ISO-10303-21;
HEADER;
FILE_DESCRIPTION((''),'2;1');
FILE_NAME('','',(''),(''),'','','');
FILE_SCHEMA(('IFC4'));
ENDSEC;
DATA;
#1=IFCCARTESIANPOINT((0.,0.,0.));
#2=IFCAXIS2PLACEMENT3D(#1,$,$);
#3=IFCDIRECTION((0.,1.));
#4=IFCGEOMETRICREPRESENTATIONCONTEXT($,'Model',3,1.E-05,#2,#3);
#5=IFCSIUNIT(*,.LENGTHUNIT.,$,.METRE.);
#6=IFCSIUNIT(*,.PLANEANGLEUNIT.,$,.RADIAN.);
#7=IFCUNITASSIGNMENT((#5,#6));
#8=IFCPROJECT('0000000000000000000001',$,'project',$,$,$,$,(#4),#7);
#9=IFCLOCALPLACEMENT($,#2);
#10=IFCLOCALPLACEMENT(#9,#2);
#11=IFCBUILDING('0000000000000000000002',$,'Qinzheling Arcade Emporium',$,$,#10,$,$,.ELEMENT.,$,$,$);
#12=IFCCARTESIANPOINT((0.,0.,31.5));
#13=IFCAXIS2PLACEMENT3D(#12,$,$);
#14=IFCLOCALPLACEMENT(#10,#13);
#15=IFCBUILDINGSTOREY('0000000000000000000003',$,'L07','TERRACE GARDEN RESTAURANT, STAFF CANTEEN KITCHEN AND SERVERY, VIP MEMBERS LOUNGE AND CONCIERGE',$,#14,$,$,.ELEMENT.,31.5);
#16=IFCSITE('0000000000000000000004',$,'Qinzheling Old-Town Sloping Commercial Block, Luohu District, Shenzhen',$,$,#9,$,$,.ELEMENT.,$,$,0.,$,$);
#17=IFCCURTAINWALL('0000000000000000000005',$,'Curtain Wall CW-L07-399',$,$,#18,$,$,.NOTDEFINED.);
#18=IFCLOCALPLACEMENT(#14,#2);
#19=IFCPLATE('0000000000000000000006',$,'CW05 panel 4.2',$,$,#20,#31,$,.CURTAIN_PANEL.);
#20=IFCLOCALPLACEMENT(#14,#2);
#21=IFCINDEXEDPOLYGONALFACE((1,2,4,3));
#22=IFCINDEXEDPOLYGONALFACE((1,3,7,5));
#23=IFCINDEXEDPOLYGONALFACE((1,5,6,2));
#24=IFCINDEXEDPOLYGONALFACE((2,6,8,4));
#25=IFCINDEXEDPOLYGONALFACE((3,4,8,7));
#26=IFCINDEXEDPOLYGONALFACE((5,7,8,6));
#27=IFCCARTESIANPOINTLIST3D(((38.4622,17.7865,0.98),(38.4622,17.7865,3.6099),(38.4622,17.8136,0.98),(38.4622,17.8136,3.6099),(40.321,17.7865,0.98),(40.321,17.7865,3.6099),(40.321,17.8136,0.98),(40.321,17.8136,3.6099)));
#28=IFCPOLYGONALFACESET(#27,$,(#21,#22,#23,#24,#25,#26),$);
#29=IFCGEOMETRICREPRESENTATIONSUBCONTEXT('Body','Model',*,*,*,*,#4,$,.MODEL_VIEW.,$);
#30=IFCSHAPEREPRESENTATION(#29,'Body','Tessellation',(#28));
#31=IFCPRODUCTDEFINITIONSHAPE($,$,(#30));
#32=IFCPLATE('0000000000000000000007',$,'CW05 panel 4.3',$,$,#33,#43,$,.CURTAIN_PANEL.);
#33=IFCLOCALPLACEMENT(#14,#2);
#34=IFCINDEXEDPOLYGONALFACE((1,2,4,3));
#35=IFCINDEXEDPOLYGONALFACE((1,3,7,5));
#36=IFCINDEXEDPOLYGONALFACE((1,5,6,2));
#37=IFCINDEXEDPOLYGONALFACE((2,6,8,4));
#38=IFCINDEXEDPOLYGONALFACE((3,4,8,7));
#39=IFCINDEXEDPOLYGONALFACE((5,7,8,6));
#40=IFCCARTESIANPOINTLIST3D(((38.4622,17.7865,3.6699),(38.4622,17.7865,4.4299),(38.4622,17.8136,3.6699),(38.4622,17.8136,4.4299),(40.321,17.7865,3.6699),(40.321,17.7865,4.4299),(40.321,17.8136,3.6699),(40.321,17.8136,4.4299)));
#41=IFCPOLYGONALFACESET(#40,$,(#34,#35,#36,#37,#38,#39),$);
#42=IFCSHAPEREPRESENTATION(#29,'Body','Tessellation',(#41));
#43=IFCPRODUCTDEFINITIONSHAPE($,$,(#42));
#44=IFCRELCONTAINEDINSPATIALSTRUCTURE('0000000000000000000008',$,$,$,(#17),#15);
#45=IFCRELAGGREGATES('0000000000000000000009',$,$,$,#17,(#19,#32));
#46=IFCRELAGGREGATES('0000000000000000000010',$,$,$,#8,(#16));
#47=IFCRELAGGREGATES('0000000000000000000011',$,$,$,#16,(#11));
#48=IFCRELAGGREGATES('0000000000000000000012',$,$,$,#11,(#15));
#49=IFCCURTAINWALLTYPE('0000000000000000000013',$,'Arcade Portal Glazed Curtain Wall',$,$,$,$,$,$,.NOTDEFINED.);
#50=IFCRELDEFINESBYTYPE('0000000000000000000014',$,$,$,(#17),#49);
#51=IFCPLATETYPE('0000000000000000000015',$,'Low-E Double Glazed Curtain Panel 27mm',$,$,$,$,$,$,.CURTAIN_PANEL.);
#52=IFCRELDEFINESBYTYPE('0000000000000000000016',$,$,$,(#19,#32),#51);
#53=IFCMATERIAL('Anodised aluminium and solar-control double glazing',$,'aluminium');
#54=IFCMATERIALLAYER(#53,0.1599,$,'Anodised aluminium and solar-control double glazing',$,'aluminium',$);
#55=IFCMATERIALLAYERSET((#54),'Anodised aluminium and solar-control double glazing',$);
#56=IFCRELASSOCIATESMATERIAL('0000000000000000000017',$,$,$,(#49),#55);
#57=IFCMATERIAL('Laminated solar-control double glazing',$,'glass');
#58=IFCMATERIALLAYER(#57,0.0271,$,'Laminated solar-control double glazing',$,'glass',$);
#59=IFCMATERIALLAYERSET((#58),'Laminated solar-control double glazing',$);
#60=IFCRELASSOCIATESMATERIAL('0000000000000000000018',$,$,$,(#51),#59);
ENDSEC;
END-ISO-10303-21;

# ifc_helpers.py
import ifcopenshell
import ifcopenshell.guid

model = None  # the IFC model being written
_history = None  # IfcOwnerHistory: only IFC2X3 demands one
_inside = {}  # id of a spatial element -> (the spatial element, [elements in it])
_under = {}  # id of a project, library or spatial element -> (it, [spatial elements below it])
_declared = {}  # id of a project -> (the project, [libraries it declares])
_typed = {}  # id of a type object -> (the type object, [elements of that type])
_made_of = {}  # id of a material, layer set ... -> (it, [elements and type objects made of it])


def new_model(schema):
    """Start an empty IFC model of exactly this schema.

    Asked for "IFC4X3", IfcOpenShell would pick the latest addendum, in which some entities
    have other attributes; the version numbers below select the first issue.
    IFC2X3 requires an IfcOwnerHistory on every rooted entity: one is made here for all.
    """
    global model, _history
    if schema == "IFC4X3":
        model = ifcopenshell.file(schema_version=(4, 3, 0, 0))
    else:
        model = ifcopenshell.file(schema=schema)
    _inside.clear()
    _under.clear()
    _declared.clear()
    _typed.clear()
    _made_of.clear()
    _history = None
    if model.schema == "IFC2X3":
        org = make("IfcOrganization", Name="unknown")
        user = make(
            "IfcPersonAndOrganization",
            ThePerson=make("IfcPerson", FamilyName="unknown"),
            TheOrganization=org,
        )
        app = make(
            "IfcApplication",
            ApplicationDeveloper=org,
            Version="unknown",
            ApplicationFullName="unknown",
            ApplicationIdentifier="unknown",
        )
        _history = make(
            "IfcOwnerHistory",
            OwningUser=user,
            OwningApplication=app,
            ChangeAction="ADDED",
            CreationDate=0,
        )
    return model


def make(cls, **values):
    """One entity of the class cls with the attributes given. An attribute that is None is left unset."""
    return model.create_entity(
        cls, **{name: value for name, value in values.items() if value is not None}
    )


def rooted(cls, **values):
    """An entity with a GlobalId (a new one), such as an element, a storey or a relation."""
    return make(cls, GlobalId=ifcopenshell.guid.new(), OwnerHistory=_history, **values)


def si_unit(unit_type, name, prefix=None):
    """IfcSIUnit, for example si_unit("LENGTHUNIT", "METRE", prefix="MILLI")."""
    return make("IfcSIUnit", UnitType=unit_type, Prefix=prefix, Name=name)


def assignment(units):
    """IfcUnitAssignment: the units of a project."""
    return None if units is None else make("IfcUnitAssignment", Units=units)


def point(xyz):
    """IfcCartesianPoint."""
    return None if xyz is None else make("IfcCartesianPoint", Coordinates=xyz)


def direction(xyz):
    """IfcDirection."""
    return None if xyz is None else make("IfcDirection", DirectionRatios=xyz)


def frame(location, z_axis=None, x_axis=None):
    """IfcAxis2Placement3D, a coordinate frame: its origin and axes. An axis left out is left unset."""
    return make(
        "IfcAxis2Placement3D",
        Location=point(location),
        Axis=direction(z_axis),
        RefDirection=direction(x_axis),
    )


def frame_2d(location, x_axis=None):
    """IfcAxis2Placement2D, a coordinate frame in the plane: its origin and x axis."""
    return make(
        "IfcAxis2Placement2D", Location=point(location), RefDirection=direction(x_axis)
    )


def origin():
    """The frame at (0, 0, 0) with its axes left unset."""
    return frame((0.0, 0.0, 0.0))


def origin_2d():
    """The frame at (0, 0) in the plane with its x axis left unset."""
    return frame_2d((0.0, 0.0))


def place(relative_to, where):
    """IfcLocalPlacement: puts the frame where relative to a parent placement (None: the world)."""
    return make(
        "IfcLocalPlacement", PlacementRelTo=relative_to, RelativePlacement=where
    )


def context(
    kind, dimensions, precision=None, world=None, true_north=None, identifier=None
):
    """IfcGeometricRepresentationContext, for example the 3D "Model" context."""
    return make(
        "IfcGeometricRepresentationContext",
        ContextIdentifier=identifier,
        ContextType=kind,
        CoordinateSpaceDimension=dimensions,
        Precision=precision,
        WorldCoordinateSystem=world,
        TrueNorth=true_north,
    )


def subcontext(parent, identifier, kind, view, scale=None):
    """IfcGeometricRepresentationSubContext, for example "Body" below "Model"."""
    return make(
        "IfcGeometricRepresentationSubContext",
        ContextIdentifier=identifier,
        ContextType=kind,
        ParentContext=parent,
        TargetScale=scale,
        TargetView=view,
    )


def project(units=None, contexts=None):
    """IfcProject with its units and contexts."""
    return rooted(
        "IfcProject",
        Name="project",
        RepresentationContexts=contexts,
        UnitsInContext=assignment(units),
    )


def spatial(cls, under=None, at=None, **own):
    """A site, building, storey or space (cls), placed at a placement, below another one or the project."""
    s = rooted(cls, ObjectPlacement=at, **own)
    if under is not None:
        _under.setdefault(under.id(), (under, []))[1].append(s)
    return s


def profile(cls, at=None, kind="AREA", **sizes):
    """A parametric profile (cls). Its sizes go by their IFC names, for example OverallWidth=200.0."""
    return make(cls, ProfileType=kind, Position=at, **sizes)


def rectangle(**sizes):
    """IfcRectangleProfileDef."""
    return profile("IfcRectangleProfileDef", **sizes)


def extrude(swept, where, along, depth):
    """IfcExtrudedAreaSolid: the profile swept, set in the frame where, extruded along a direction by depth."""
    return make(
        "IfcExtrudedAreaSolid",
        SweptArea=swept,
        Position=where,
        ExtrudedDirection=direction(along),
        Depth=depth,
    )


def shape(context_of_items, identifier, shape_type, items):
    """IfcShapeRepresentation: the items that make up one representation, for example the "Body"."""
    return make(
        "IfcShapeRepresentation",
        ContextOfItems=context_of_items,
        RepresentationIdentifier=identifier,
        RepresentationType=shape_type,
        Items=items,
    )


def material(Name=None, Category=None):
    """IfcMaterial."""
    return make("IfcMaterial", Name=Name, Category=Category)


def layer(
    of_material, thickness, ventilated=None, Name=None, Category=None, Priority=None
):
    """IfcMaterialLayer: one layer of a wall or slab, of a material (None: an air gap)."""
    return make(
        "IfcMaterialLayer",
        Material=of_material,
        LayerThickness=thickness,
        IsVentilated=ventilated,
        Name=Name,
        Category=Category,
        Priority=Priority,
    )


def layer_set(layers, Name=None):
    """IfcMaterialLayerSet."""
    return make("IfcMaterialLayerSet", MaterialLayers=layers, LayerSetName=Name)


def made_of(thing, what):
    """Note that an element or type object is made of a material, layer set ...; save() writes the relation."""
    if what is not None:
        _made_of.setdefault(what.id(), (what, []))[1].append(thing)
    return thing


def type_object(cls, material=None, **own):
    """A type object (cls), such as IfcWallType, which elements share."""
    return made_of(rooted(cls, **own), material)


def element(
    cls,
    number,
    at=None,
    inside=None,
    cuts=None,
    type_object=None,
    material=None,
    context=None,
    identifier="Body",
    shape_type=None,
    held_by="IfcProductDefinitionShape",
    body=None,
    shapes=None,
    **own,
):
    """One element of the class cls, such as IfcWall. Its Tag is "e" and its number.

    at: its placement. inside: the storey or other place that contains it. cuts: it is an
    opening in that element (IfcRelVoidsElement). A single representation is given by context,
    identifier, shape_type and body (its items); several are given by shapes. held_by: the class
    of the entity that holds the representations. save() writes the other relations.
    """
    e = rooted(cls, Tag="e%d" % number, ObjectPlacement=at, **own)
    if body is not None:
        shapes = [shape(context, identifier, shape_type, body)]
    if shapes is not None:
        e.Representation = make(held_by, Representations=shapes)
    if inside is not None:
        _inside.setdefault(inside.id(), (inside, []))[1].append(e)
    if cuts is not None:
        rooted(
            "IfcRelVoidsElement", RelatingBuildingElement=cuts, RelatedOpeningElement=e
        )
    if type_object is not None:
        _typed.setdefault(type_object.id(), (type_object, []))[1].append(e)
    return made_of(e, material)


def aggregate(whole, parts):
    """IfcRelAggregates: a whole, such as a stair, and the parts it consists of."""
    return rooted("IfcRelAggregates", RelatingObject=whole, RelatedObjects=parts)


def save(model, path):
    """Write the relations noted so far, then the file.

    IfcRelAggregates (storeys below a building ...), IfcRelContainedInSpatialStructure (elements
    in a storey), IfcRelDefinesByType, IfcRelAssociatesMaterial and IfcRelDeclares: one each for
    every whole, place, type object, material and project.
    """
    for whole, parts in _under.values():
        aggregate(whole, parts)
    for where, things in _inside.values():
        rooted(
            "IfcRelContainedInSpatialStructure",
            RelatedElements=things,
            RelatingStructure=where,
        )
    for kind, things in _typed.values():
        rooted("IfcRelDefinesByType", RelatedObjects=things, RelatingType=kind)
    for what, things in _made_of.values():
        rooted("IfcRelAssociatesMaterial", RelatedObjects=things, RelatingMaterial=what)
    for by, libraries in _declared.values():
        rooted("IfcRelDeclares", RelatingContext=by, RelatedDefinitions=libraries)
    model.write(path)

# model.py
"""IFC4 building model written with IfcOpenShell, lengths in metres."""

from ifc_helpers import new_model, si_unit, direction, frame, origin, origin_2d, place, context, subcontext, project, spatial, rectangle, extrude, material, layer, layer_set, type_object, element, aggregate, save


model = new_model("IFC4")

# Units and contexts
model_context = context("Model", 3, precision=1e-05, world=origin(), true_north=direction((0.0, 1.0)))
body_context = subcontext(model_context, "Body", "Model", "MODEL_VIEW")
ifc_project = project(units=[si_unit("LENGTHUNIT", "METRE"), si_unit("PLANEANGLEUNIT", "RADIAN")], contexts=[model_context])

# Site, building, storey
site_placement = place(None, origin())
site = spatial("IfcSite", under=ifc_project, at=site_placement, Name="Qinzheling Old-Town Sloping Commercial Block, Luohu District, Shenzhen", CompositionType="ELEMENT", RefElevation=0.0)
building_placement = place(site_placement, origin())
building = spatial("IfcBuilding", under=site, at=building_placement, Name="Qinzheling Arcade Emporium", CompositionType="ELEMENT")
storey_placement = place(building_placement, frame((0.0, 0.0, 31.5)))
storey = spatial("IfcBuildingStorey", under=building, at=storey_placement, Name="L07", Description="TERRACE GARDEN RESTAURANT, STAFF CANTEEN KITCHEN AND SERVERY, VIP MEMBERS LOUNGE AND CONCIERGE", CompositionType="ELEMENT", Elevation=31.5)

# Curtain wall
ifc_material_1 = material(Name="Anodised aluminium and solar-control double glazing", Category="aluminium")
ifc_layer_1 = layer(ifc_material_1, 0.1599, Name="Anodised aluminium and solar-control double glazing", Category="aluminium")
ifc_layer_set_1 = layer_set([ifc_layer_1], Name="Anodised aluminium and solar-control double glazing")
curtain_wall_type = type_object("IfcCurtainWallType", Name="Arcade Portal Glazed Curtain Wall", PredefinedType="NOTDEFINED", material=ifc_layer_set_1)
curtain_wall_placement = place(storey_placement, origin())
curtain_wall = element("IfcCurtainWall", 1, at=curtain_wall_placement, inside=storey, type_object=curtain_wall_type, Name="Curtain Wall CW-L07-399", PredefinedType="NOTDEFINED")

# Plates
ifc_material_2 = material(Name="Laminated solar-control double glazing", Category="glass")
ifc_layer_2 = layer(ifc_material_2, 0.0271, Name="Laminated solar-control double glazing", Category="glass")
ifc_layer_set_2 = layer_set([ifc_layer_2], Name="Laminated solar-control double glazing")
plate_type = type_object("IfcPlateType", Name="Low-E Double Glazed Curtain Panel 27mm", PredefinedType="CURTAIN_PANEL", material=ifc_layer_set_2)
plate_1_placement = place(storey_placement, frame((39.3916, 17.8, 0.98), z_axis=(0.0, 0.0, 1.0), x_axis=(-1.0, 0.0, 0.0)))
plate_1 = element("IfcPlate", 2, at=plate_1_placement, type_object=plate_type, Name="CW05 panel 4.2", PredefinedType="CURTAIN_PANEL", context=body_context, shape_type="SweptSolid", body=[
    extrude(rectangle(XDim=1.8589, YDim=0.0271, at=origin_2d()), origin(), (0.0, 0.0, 1.0), 2.6299),
])
plate_2_placement = place(storey_placement, frame((39.3916, 17.8, 3.6699), z_axis=(0.0, 0.0, 1.0), x_axis=(-1.0, 0.0, 0.0)))
plate_2 = element("IfcPlate", 3, at=plate_2_placement, type_object=plate_type, Name="CW05 panel 4.3", PredefinedType="CURTAIN_PANEL", context=body_context, shape_type="SweptSolid", body=[
    extrude(rectangle(XDim=1.8589, YDim=0.0271, at=origin_2d()), origin(), (0.0, 0.0, 1.0), 0.76),
])
aggregate(curtain_wall, [plate_1, plate_2])

save(model, "model.ifc")
